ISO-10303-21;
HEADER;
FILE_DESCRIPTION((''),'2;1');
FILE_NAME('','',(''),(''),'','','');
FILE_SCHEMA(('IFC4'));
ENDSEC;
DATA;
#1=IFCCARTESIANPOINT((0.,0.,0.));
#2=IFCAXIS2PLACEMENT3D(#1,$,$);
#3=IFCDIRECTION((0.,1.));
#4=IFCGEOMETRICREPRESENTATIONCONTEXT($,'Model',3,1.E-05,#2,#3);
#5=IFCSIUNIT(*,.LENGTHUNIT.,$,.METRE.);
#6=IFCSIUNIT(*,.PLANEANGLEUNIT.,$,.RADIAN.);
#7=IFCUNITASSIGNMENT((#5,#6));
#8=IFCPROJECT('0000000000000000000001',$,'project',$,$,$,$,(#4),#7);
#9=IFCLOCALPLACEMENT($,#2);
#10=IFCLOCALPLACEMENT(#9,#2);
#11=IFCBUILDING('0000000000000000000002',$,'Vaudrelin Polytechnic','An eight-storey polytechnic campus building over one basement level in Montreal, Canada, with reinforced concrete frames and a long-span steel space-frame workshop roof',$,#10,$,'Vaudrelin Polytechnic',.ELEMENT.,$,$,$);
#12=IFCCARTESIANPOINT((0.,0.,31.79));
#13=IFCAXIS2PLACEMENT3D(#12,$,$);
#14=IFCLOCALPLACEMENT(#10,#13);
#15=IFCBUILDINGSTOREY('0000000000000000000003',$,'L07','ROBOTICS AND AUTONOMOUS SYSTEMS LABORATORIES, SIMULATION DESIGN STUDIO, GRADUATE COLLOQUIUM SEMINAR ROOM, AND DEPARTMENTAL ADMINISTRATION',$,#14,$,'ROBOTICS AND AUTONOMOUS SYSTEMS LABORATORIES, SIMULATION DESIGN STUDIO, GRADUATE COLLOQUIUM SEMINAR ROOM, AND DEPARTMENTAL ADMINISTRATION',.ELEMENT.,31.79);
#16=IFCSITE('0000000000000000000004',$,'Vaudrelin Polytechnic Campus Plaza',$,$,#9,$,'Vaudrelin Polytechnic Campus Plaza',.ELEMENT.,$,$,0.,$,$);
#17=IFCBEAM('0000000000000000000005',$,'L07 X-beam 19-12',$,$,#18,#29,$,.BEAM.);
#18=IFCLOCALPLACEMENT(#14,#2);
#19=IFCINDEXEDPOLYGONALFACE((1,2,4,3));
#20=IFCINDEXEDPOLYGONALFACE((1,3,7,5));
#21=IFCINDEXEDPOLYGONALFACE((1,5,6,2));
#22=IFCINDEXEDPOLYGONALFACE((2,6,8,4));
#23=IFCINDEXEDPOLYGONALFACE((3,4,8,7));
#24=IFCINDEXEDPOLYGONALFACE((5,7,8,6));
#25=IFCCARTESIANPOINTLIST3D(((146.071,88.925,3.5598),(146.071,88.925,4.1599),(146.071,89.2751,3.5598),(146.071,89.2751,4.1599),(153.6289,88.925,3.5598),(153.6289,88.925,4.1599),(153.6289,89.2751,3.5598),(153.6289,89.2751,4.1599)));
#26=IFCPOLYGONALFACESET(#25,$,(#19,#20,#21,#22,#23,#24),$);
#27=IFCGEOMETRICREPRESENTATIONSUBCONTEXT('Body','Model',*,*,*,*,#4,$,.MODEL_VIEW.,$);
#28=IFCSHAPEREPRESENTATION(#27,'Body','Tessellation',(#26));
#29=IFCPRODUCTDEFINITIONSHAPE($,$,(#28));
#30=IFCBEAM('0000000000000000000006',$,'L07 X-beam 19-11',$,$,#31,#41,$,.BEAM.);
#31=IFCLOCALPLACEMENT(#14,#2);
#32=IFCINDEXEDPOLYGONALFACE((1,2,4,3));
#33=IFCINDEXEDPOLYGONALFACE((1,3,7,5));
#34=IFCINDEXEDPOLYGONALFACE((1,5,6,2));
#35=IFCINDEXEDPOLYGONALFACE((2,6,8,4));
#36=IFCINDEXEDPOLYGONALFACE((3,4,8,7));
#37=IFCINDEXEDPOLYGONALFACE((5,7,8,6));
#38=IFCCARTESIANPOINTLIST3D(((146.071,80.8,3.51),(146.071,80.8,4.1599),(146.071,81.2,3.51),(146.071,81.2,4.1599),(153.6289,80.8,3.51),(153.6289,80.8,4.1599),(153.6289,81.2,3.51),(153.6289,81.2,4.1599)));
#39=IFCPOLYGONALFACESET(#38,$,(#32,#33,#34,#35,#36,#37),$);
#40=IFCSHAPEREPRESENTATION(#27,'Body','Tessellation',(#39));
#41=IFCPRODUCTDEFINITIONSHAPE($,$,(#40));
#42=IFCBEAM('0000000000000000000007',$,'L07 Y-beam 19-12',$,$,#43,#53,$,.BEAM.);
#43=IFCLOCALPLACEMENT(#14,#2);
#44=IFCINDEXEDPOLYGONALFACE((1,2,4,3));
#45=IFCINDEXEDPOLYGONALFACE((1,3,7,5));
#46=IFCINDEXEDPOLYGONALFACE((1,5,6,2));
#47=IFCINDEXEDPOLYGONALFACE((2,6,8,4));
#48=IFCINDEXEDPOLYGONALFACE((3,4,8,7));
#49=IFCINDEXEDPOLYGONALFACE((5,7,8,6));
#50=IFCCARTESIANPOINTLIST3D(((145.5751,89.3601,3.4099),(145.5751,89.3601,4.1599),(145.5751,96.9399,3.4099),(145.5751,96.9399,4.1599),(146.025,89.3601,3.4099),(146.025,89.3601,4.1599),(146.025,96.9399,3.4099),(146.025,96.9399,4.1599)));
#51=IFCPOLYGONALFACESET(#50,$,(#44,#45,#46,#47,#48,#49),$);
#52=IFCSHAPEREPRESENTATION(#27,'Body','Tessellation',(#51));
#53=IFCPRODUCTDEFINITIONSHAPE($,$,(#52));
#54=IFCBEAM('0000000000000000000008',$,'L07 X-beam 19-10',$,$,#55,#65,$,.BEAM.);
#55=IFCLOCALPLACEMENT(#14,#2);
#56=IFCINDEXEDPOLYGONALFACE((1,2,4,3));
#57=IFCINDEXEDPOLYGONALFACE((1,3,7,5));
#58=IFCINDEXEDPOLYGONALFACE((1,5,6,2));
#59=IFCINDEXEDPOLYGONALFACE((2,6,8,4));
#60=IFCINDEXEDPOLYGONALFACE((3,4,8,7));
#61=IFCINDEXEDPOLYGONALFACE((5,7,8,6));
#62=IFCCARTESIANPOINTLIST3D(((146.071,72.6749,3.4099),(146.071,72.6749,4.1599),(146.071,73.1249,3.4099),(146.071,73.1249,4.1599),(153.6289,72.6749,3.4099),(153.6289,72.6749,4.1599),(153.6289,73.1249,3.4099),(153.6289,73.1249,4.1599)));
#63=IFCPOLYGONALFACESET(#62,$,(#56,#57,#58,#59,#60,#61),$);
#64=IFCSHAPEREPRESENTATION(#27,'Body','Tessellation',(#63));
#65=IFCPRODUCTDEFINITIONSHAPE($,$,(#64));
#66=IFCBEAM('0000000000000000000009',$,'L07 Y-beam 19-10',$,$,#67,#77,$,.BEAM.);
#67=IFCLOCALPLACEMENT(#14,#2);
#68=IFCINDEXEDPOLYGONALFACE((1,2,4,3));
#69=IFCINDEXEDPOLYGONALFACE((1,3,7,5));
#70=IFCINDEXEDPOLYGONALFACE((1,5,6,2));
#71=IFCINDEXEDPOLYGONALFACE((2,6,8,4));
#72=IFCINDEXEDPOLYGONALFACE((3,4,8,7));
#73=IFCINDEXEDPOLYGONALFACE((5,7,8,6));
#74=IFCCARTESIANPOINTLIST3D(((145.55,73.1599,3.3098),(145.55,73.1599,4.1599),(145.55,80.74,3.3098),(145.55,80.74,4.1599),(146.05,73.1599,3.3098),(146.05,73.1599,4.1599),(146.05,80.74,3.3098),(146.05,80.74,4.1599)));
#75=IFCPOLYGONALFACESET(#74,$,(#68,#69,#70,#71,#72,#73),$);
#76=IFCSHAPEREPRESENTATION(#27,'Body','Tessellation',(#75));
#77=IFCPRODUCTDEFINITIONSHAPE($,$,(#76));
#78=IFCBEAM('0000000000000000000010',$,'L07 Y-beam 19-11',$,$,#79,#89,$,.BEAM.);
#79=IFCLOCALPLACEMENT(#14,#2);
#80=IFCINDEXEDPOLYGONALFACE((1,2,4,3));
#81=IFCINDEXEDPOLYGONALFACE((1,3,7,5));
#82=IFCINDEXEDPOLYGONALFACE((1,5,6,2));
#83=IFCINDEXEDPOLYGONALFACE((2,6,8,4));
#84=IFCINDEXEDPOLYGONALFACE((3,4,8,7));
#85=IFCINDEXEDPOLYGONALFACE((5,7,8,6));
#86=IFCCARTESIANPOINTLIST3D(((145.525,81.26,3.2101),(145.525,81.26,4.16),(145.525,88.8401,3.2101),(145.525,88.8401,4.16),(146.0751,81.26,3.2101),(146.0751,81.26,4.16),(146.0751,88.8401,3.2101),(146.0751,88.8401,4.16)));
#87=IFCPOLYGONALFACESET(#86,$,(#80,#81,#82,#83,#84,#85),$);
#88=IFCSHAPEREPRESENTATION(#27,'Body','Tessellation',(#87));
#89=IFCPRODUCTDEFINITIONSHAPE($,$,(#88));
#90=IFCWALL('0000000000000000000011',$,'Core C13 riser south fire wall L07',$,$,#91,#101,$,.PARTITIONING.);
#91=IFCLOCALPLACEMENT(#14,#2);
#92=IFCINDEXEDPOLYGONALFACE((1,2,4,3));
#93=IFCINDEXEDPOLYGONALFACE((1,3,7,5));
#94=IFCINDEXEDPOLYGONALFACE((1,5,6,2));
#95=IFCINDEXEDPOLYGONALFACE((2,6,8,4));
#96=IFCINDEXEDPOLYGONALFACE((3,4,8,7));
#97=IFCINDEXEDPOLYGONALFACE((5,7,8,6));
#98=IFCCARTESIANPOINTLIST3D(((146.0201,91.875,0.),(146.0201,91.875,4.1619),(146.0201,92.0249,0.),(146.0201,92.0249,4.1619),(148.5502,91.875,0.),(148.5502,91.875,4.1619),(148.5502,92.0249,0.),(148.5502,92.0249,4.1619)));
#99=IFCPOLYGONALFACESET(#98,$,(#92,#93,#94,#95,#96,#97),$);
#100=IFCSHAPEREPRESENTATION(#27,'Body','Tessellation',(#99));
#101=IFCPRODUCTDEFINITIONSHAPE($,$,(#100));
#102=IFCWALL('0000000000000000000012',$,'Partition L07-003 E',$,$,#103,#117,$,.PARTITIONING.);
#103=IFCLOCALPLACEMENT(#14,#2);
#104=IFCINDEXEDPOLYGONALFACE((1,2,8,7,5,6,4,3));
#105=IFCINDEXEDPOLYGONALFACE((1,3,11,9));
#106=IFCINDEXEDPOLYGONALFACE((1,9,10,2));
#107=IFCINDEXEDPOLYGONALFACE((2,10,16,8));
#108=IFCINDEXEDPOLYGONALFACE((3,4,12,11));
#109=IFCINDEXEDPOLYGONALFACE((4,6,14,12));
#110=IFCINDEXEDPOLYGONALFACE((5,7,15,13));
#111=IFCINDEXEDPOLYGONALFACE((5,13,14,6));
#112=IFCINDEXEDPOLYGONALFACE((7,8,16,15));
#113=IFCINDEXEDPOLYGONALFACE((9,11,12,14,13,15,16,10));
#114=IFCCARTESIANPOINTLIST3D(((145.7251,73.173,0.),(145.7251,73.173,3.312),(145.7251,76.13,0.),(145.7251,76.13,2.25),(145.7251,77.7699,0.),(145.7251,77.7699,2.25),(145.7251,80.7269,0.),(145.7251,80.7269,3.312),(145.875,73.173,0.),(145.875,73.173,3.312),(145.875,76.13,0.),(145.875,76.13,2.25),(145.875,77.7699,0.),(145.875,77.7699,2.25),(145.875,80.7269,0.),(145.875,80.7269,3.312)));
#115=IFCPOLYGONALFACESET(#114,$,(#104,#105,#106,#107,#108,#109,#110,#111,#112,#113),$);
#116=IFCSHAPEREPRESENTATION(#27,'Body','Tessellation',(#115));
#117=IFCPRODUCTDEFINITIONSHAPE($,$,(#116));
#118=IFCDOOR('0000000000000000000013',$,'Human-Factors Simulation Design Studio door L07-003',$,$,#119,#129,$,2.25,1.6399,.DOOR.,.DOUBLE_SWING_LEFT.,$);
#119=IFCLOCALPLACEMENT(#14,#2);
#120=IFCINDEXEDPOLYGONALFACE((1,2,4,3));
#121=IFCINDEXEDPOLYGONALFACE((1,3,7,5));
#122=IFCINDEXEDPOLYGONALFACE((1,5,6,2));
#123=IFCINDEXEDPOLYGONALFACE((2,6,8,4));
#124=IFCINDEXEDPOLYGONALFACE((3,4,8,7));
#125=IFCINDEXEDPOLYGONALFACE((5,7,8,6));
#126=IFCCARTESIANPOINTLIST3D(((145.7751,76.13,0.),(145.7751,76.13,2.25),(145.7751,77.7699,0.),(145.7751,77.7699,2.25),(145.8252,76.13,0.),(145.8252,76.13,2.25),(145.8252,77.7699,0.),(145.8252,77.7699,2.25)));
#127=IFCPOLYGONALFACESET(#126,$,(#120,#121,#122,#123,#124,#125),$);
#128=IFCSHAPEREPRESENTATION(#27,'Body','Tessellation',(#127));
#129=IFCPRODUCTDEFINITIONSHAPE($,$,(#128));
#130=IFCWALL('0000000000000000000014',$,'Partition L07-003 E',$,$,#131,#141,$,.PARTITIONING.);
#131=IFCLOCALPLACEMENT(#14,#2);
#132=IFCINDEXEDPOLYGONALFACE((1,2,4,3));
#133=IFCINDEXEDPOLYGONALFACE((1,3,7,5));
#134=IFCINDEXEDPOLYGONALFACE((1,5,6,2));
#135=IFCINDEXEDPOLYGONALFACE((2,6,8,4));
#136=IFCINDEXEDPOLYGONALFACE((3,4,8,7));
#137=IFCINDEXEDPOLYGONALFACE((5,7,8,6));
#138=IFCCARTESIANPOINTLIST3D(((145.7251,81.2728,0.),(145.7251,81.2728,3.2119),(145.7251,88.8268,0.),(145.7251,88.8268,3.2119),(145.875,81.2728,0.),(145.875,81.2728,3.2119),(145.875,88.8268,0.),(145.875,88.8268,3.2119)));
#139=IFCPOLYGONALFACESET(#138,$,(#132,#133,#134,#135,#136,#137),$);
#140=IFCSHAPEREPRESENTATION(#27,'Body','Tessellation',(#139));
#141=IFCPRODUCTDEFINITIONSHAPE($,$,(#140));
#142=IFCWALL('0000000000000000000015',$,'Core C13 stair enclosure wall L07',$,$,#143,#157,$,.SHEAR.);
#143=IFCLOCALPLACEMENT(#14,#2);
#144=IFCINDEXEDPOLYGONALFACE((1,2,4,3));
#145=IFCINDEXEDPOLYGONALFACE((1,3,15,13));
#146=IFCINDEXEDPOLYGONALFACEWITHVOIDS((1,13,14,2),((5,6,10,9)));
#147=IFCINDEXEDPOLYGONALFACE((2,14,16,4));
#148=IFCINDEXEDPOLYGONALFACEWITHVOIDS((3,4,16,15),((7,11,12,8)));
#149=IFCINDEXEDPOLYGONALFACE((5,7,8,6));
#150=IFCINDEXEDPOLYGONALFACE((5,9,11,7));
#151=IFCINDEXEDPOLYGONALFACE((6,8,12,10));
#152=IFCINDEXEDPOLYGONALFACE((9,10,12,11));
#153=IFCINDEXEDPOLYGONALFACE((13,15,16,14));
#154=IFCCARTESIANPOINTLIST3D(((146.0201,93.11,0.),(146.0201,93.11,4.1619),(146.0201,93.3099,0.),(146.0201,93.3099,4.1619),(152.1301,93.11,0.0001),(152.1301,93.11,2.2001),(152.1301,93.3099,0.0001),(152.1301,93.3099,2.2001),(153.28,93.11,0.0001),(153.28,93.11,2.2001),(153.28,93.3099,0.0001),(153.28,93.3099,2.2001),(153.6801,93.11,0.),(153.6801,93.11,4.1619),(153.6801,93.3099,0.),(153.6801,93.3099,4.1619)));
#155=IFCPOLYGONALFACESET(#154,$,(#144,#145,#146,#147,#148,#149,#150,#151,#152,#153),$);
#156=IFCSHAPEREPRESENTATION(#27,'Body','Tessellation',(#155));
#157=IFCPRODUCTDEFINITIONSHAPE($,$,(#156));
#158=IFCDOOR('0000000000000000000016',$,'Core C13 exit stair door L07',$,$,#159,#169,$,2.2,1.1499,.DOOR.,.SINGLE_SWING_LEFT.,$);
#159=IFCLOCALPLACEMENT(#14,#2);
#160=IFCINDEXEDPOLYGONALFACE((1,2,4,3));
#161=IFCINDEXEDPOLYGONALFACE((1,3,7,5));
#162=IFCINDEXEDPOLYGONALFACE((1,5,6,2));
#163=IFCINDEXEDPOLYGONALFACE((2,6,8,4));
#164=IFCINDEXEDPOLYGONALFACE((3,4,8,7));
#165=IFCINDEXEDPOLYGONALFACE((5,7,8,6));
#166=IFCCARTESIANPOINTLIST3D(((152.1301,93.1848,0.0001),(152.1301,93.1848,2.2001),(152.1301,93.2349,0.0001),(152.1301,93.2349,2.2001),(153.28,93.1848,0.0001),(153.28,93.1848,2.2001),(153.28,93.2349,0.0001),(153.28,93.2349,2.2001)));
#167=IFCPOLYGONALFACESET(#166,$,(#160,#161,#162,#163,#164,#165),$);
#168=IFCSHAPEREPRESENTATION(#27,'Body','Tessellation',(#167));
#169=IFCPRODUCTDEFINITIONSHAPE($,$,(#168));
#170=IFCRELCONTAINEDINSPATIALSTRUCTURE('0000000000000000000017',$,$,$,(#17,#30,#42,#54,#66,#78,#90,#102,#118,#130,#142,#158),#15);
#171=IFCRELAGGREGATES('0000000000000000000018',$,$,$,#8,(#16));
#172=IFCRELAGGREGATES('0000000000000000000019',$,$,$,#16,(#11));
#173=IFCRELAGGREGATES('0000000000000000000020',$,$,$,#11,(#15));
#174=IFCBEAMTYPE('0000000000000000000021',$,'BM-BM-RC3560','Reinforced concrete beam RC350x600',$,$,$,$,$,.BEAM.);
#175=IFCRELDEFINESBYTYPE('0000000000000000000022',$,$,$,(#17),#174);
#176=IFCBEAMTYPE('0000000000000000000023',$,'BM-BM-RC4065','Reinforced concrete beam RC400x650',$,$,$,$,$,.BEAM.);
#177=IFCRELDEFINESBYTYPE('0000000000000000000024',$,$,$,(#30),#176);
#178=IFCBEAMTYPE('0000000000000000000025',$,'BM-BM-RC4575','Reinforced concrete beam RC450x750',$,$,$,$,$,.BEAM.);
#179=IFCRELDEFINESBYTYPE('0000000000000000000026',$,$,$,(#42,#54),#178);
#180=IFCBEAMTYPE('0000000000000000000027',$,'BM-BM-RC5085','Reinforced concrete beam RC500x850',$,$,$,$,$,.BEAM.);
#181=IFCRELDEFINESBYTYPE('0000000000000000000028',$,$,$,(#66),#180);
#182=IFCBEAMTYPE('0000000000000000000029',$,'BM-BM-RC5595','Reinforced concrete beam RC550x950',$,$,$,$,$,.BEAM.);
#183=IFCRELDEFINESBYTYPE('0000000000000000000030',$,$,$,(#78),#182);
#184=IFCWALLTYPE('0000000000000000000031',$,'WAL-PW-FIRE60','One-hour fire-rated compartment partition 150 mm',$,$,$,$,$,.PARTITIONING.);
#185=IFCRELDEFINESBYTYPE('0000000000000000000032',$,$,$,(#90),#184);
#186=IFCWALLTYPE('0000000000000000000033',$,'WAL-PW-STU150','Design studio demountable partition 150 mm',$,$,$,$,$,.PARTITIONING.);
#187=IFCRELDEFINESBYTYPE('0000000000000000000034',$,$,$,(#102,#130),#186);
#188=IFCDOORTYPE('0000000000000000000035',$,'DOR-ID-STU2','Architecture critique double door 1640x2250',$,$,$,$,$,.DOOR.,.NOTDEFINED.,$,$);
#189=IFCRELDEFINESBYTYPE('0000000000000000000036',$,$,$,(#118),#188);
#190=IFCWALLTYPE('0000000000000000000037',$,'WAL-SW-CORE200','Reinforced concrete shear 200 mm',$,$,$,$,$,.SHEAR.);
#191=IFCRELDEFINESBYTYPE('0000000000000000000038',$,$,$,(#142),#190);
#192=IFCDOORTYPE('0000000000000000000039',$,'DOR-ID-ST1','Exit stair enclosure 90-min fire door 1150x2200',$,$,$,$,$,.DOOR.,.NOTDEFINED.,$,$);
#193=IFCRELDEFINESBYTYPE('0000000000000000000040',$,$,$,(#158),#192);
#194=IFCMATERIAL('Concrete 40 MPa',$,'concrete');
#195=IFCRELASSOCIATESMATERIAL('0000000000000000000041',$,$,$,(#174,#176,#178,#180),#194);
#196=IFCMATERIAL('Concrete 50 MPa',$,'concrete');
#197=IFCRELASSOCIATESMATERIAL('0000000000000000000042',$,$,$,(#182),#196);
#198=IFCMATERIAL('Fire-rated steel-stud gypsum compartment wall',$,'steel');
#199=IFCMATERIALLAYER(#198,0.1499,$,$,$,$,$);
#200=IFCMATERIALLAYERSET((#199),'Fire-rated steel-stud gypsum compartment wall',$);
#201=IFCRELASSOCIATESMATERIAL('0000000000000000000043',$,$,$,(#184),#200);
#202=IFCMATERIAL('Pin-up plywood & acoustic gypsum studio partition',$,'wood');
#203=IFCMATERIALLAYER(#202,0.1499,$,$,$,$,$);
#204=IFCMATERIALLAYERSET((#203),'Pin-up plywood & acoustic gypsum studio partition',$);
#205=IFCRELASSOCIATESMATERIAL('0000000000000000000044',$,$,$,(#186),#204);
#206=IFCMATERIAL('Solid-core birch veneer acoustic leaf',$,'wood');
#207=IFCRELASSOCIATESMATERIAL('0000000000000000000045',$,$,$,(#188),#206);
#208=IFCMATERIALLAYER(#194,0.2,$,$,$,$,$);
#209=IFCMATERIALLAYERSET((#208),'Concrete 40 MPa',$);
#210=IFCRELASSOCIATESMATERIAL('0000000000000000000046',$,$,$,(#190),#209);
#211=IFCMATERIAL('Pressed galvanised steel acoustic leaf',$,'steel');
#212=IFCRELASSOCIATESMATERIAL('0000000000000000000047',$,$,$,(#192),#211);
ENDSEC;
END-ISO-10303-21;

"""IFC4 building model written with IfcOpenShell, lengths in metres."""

from ifc_helpers import new_model, si_unit, direction, frame, frame_2d, origin, origin_2d, place, context, subcontext, project, spatial, rectangle, extrude, material, layer, layer_set, material_profile, profile_set, type_object, element, fill, save


model = new_model("IFC4")

# Units and contexts
model_context = context("Model", 3, precision=1e-05, world=origin(), true_north=direction((0.0, 1.0)))
body_context = subcontext(model_context, "Body", "Model", "MODEL_VIEW")
ifc_project = project(units=[si_unit("LENGTHUNIT", "METRE"), si_unit("PLANEANGLEUNIT", "RADIAN")], contexts=[model_context])

# Site, building, storey
site_placement = place(None, origin())
site = spatial("IfcSite", under=ifc_project, at=site_placement, Name="Vaudrelin Polytechnic Campus Plaza", LongName="Vaudrelin Polytechnic Campus Plaza", CompositionType="ELEMENT", RefElevation=0.0)
building_placement = place(site_placement, origin())
building = spatial("IfcBuilding", under=site, at=building_placement, Name="Vaudrelin Polytechnic", Description="An eight-storey polytechnic campus building over one basement level in Montreal, Canada, with reinforced concrete frames and a long-span steel space-frame workshop roof", LongName="Vaudrelin Polytechnic", CompositionType="ELEMENT")
storey_placement = place(building_placement, frame((0.0, 0.0, 31.79)))
storey = spatial("IfcBuildingStorey", under=building, at=storey_placement, Name="L07", Description="ROBOTICS AND AUTONOMOUS SYSTEMS LABORATORIES, SIMULATION DESIGN STUDIO, GRADUATE COLLOQUIUM SEMINAR ROOM, AND DEPARTMENTAL ADMINISTRATION", LongName="ROBOTICS AND AUTONOMOUS SYSTEMS LABORATORIES, SIMULATION DESIGN STUDIO, GRADUATE COLLOQUIUM SEMINAR ROOM, AND DEPARTMENTAL ADMINISTRATION", CompositionType="ELEMENT", Elevation=31.79)

# Beams
ifc_material_1 = material(Name="Concrete 40 MPa", Category="concrete")
ifc_material_profile_1 = material_profile(ifc_material_1, rectangle(XDim=0.3501, YDim=0.6001, at=origin_2d()), Name="RC350x600")
ifc_profile_set_1 = profile_set([ifc_material_profile_1], Name="Concrete 40 MPa")
beam_type_1 = type_object("IfcBeamType", Name="BM-BM-RC3560", Description="Reinforced concrete beam RC350x600", PredefinedType="BEAM", material=ifc_profile_set_1)
beam_1_placement = place(storey_placement, frame((146.071, 89.1001, 3.8599), z_axis=(1.0, 0.0, 0.0), x_axis=(0.0, 1.0, 0.0)))
element("IfcBeam", 1, at=beam_1_placement, inside=storey, type_object=beam_type_1, Name="L07 X-beam 19-12", PredefinedType="BEAM", context=body_context, shape_type="SweptSolid", body=[
    extrude(rectangle(XDim=0.3501, YDim=0.6001, at=origin_2d()), origin(), (0.0, 0.0, 1.0), 7.5579),
])
ifc_material_profile_2 = material_profile(ifc_material_1, rectangle(XDim=0.3999, YDim=0.6499, at=origin_2d()), Name="RC400x650")
ifc_profile_set_2 = profile_set([ifc_material_profile_2], Name="Concrete 40 MPa")
beam_type_2 = type_object("IfcBeamType", Name="BM-BM-RC4065", Description="Reinforced concrete beam RC400x650", PredefinedType="BEAM", material=ifc_profile_set_2)
beam_2_placement = place(storey_placement, frame((146.071, 81.0, 3.835), z_axis=(1.0, 0.0, 0.0), x_axis=(0.0, 1.0, 0.0)))
element("IfcBeam", 2, at=beam_2_placement, inside=storey, type_object=beam_type_2, Name="L07 X-beam 19-11", PredefinedType="BEAM", context=body_context, shape_type="SweptSolid", body=[
    extrude(rectangle(XDim=0.3999, YDim=0.6499, at=origin_2d()), origin(), (0.0, 0.0, 1.0), 7.5579),
])
ifc_material_profile_3 = material_profile(ifc_material_1, rectangle(XDim=0.45, YDim=0.75, at=origin_2d()), Name="RC450x750")
ifc_profile_set_3 = profile_set([ifc_material_profile_3], Name="Concrete 40 MPa")
beam_type_3 = type_object("IfcBeamType", Name="BM-BM-RC4575", Description="Reinforced concrete beam RC450x750", PredefinedType="BEAM", material=ifc_profile_set_3)
beam_3_placement = place(storey_placement, frame((145.8, 89.3601, 3.7849), z_axis=(0.0, 1.0, 0.0), x_axis=(-1.0, 0.0, 0.0)))
element("IfcBeam", 3, at=beam_3_placement, inside=storey, type_object=beam_type_3, Name="L07 Y-beam 19-12", PredefinedType="BEAM", context=body_context, shape_type="SweptSolid", body=[
    extrude(rectangle(XDim=0.45, YDim=0.75, at=origin_2d()), origin(), (0.0, 0.0, 1.0), 7.5798),
])
beam_4_placement = place(storey_placement, frame((146.071, 72.8999, 3.7849), z_axis=(1.0, 0.0, 0.0), x_axis=(0.0, 1.0, 0.0)))
element("IfcBeam", 4, at=beam_4_placement, inside=storey, type_object=beam_type_3, Name="L07 X-beam 19-10", PredefinedType="BEAM", context=body_context, shape_type="SweptSolid", body=[
    extrude(rectangle(XDim=0.45, YDim=0.75, at=origin_2d()), origin(), (0.0, 0.0, 1.0), 7.5579),
])
ifc_material_profile_4 = material_profile(ifc_material_1, rectangle(XDim=0.5, YDim=0.8501, at=origin_2d()), Name="RC500x850")
ifc_profile_set_4 = profile_set([ifc_material_profile_4], Name="Concrete 40 MPa")
beam_type_4 = type_object("IfcBeamType", Name="BM-BM-RC5085", Description="Reinforced concrete beam RC500x850", PredefinedType="BEAM", material=ifc_profile_set_4)
beam_5_placement = place(storey_placement, frame((145.8, 73.1599, 3.7349), z_axis=(0.0, 1.0, 0.0), x_axis=(-1.0, 0.0, 0.0)))
element("IfcBeam", 5, at=beam_5_placement, inside=storey, type_object=beam_type_4, Name="L07 Y-beam 19-10", PredefinedType="BEAM", context=body_context, shape_type="SweptSolid", body=[
    extrude(rectangle(XDim=0.5, YDim=0.8501, at=origin_2d()), origin(), (0.0, 0.0, 1.0), 7.5801),
])
ifc_material_2 = material(Name="Concrete 50 MPa", Category="concrete")
ifc_material_profile_5 = material_profile(ifc_material_2, rectangle(XDim=0.55, YDim=0.95, at=origin_2d()), Name="RC550x950")
ifc_profile_set_5 = profile_set([ifc_material_profile_5], Name="Concrete 50 MPa")
beam_type_5 = type_object("IfcBeamType", Name="BM-BM-RC5595", Description="Reinforced concrete beam RC550x950", PredefinedType="BEAM", material=ifc_profile_set_5)
beam_6_placement = place(storey_placement, frame((145.8, 81.26, 3.6851), z_axis=(0.0, 1.0, 0.0), x_axis=(-1.0, 0.0, 0.0)))
element("IfcBeam", 6, at=beam_6_placement, inside=storey, type_object=beam_type_5, Name="L07 Y-beam 19-11", PredefinedType="BEAM", context=body_context, shape_type="SweptSolid", body=[
    extrude(rectangle(XDim=0.55, YDim=0.95, at=origin_2d()), origin(), (0.0, 0.0, 1.0), 7.5801),
])

# Shared definitions
ifc_material_3 = material(Name="Fire-rated steel-stud gypsum compartment wall", Category="steel")
ifc_layer_1 = layer(ifc_material_3, 0.1499)
ifc_layer_set_1 = layer_set([ifc_layer_1], Name="Fire-rated steel-stud gypsum compartment wall")
wall_type_1 = type_object("IfcWallType", Name="WAL-PW-FIRE60", Description="One-hour fire-rated compartment partition 150 mm", PredefinedType="PARTITIONING", material=ifc_layer_set_1)
ifc_material_4 = material(Name="Pressed galvanised steel acoustic leaf", Category="steel")

# Wall
wall_1_placement = place(storey_placement, frame((146.02, 91.95, 0.0), z_axis=(0.0, 0.0, 1.0), x_axis=(1.0, 0.0, 0.0)))
element("IfcWall", 7, at=wall_1_placement, inside=storey, type_object=wall_type_1, Name="Core C13 riser south fire wall L07", PredefinedType="PARTITIONING", context=body_context, shape_type="SweptSolid", body=[
    extrude(rectangle(XDim=2.53, YDim=0.1499, at=frame_2d((1.2651, 0.0))), origin(), (0.0, 0.0, 1.0), 4.1619),
])

# Wall, opening, door
ifc_material_5 = material(Name="Pin-up plywood & acoustic gypsum studio partition", Category="wood")
ifc_layer_2 = layer(ifc_material_5, 0.1499)
ifc_layer_set_2 = layer_set([ifc_layer_2], Name="Pin-up plywood & acoustic gypsum studio partition")
wall_type_2 = type_object("IfcWallType", Name="WAL-PW-STU150", Description="Design studio demountable partition 150 mm", PredefinedType="PARTITIONING", material=ifc_layer_set_2)
wall_2_placement = place(storey_placement, frame((145.8, 73.1731, 0.0), z_axis=(0.0, 0.0, 1.0), x_axis=(0.0, 1.0, 0.0)))
wall_2 = element("IfcWall", 8, at=wall_2_placement, inside=storey, type_object=wall_type_2, Name="Partition L07-003 E", PredefinedType="PARTITIONING", context=body_context, shape_type="SweptSolid", body=[
    extrude(rectangle(XDim=7.554, YDim=0.1499, at=frame_2d((3.7769, 0.0))), origin(), (0.0, 0.0, 1.0), 3.312),
])
opening_1_placement = place(wall_2_placement, frame((2.957, 0.0, 0.0)))
opening_1 = element("IfcOpeningElement", 9, at=opening_1_placement, cuts=wall_2, PredefinedType="OPENING", context=body_context, shape_type="SweptSolid", body=[
    extrude(rectangle(XDim=1.6399, YDim=2.25, at=frame_2d((0.8198, 1.125))), frame((0.0, 0.085, 0.0), z_axis=(0.0, -1.0, 0.0), x_axis=(1.0, 0.0, 0.0)), (0.0, 0.0, 1.0), 0.1699),
])
ifc_material_6 = material(Name="Solid-core birch veneer acoustic leaf", Category="wood")
door_type_1 = type_object("IfcDoorType", Name="DOR-ID-STU2", Description="Architecture critique double door 1640x2250", OperationType="NOTDEFINED", PredefinedType="DOOR", material=ifc_material_6)
door_1_placement = place(opening_1_placement, origin())
door_1 = element("IfcDoor", 10, at=door_1_placement, inside=storey, type_object=door_type_1, Name="Human-Factors Simulation Design Studio door L07-003", OperationType="DOUBLE_SWING_LEFT", OverallHeight=2.25, OverallWidth=1.6399, PredefinedType="DOOR", context=body_context, shape_type="SweptSolid", body=[
    extrude(rectangle(XDim=1.6399, YDim=2.25, at=frame_2d((0.8198, 1.125))), frame((0.0, 0.0249, 0.0), z_axis=(0.0, -1.0, 0.0), x_axis=(1.0, 0.0, 0.0)), (0.0, 0.0, 1.0), 0.05),
])
fill(opening_1, door_1)

# Wall
wall_3_placement = place(storey_placement, frame((145.8, 81.2729, 0.0), z_axis=(0.0, 0.0, 1.0), x_axis=(0.0, 1.0, 0.0)))
element("IfcWall", 11, at=wall_3_placement, inside=storey, type_object=wall_type_2, Name="Partition L07-003 E", PredefinedType="PARTITIONING", context=body_context, shape_type="SweptSolid", body=[
    extrude(rectangle(XDim=7.554, YDim=0.1499, at=frame_2d((3.7769, 0.0))), origin(), (0.0, 0.0, 1.0), 3.2119),
])

# Wall, opening, door
ifc_layer_3 = layer(ifc_material_1, 0.2)
ifc_layer_set_3 = layer_set([ifc_layer_3], Name="Concrete 40 MPa")
wall_type_3 = type_object("IfcWallType", Name="WAL-SW-CORE200", Description="Reinforced concrete shear 200 mm", PredefinedType="SHEAR", material=ifc_layer_set_3)
wall_4_placement = place(storey_placement, frame((146.02, 93.21, 0.0), z_axis=(0.0, 0.0, 1.0), x_axis=(1.0, 0.0, 0.0)))
wall_4 = element("IfcWall", 12, at=wall_4_placement, inside=storey, type_object=wall_type_3, Name="Core C13 stair enclosure wall L07", PredefinedType="SHEAR", context=body_context, shape_type="SweptSolid", body=[
    extrude(rectangle(XDim=7.6599, YDim=0.2, at=frame_2d((3.8301, 0.0))), origin(), (0.0, 0.0, 1.0), 4.1619),
])
opening_2_placement = place(wall_4_placement, frame((6.1101, 0.0, 0.0)))
opening_2 = element("IfcOpeningElement", 13, at=opening_2_placement, cuts=wall_4, PredefinedType="OPENING", context=body_context, shape_type="SweptSolid", body=[
    extrude(rectangle(XDim=1.1499, YDim=2.2, at=frame_2d((0.575, 1.1001))), frame((0.0, 0.1099, 0.0), z_axis=(0.0, -1.0, 0.0), x_axis=(1.0, 0.0, 0.0)), (0.0, 0.0, 1.0), 0.22),
])
door_type_2 = type_object("IfcDoorType", Name="DOR-ID-ST1", Description="Exit stair enclosure 90-min fire door 1150x2200", OperationType="NOTDEFINED", PredefinedType="DOOR", material=ifc_material_4)
door_2_placement = place(opening_2_placement, origin())
door_2 = element("IfcDoor", 14, at=door_2_placement, inside=storey, type_object=door_type_2, Name="Core C13 exit stair door L07", OperationType="SINGLE_SWING_LEFT", OverallHeight=2.2, OverallWidth=1.1499, PredefinedType="DOOR", context=body_context, shape_type="SweptSolid", body=[
    extrude(rectangle(XDim=1.1499, YDim=2.2, at=frame_2d((0.575, 1.1001))), frame((0.0, 0.0249, 0.0), z_axis=(0.0, -1.0, 0.0), x_axis=(1.0, 0.0, 0.0)), (0.0, 0.0, 1.0), 0.05),
])
fill(opening_2, door_2)

save(model, "model.ifc")
